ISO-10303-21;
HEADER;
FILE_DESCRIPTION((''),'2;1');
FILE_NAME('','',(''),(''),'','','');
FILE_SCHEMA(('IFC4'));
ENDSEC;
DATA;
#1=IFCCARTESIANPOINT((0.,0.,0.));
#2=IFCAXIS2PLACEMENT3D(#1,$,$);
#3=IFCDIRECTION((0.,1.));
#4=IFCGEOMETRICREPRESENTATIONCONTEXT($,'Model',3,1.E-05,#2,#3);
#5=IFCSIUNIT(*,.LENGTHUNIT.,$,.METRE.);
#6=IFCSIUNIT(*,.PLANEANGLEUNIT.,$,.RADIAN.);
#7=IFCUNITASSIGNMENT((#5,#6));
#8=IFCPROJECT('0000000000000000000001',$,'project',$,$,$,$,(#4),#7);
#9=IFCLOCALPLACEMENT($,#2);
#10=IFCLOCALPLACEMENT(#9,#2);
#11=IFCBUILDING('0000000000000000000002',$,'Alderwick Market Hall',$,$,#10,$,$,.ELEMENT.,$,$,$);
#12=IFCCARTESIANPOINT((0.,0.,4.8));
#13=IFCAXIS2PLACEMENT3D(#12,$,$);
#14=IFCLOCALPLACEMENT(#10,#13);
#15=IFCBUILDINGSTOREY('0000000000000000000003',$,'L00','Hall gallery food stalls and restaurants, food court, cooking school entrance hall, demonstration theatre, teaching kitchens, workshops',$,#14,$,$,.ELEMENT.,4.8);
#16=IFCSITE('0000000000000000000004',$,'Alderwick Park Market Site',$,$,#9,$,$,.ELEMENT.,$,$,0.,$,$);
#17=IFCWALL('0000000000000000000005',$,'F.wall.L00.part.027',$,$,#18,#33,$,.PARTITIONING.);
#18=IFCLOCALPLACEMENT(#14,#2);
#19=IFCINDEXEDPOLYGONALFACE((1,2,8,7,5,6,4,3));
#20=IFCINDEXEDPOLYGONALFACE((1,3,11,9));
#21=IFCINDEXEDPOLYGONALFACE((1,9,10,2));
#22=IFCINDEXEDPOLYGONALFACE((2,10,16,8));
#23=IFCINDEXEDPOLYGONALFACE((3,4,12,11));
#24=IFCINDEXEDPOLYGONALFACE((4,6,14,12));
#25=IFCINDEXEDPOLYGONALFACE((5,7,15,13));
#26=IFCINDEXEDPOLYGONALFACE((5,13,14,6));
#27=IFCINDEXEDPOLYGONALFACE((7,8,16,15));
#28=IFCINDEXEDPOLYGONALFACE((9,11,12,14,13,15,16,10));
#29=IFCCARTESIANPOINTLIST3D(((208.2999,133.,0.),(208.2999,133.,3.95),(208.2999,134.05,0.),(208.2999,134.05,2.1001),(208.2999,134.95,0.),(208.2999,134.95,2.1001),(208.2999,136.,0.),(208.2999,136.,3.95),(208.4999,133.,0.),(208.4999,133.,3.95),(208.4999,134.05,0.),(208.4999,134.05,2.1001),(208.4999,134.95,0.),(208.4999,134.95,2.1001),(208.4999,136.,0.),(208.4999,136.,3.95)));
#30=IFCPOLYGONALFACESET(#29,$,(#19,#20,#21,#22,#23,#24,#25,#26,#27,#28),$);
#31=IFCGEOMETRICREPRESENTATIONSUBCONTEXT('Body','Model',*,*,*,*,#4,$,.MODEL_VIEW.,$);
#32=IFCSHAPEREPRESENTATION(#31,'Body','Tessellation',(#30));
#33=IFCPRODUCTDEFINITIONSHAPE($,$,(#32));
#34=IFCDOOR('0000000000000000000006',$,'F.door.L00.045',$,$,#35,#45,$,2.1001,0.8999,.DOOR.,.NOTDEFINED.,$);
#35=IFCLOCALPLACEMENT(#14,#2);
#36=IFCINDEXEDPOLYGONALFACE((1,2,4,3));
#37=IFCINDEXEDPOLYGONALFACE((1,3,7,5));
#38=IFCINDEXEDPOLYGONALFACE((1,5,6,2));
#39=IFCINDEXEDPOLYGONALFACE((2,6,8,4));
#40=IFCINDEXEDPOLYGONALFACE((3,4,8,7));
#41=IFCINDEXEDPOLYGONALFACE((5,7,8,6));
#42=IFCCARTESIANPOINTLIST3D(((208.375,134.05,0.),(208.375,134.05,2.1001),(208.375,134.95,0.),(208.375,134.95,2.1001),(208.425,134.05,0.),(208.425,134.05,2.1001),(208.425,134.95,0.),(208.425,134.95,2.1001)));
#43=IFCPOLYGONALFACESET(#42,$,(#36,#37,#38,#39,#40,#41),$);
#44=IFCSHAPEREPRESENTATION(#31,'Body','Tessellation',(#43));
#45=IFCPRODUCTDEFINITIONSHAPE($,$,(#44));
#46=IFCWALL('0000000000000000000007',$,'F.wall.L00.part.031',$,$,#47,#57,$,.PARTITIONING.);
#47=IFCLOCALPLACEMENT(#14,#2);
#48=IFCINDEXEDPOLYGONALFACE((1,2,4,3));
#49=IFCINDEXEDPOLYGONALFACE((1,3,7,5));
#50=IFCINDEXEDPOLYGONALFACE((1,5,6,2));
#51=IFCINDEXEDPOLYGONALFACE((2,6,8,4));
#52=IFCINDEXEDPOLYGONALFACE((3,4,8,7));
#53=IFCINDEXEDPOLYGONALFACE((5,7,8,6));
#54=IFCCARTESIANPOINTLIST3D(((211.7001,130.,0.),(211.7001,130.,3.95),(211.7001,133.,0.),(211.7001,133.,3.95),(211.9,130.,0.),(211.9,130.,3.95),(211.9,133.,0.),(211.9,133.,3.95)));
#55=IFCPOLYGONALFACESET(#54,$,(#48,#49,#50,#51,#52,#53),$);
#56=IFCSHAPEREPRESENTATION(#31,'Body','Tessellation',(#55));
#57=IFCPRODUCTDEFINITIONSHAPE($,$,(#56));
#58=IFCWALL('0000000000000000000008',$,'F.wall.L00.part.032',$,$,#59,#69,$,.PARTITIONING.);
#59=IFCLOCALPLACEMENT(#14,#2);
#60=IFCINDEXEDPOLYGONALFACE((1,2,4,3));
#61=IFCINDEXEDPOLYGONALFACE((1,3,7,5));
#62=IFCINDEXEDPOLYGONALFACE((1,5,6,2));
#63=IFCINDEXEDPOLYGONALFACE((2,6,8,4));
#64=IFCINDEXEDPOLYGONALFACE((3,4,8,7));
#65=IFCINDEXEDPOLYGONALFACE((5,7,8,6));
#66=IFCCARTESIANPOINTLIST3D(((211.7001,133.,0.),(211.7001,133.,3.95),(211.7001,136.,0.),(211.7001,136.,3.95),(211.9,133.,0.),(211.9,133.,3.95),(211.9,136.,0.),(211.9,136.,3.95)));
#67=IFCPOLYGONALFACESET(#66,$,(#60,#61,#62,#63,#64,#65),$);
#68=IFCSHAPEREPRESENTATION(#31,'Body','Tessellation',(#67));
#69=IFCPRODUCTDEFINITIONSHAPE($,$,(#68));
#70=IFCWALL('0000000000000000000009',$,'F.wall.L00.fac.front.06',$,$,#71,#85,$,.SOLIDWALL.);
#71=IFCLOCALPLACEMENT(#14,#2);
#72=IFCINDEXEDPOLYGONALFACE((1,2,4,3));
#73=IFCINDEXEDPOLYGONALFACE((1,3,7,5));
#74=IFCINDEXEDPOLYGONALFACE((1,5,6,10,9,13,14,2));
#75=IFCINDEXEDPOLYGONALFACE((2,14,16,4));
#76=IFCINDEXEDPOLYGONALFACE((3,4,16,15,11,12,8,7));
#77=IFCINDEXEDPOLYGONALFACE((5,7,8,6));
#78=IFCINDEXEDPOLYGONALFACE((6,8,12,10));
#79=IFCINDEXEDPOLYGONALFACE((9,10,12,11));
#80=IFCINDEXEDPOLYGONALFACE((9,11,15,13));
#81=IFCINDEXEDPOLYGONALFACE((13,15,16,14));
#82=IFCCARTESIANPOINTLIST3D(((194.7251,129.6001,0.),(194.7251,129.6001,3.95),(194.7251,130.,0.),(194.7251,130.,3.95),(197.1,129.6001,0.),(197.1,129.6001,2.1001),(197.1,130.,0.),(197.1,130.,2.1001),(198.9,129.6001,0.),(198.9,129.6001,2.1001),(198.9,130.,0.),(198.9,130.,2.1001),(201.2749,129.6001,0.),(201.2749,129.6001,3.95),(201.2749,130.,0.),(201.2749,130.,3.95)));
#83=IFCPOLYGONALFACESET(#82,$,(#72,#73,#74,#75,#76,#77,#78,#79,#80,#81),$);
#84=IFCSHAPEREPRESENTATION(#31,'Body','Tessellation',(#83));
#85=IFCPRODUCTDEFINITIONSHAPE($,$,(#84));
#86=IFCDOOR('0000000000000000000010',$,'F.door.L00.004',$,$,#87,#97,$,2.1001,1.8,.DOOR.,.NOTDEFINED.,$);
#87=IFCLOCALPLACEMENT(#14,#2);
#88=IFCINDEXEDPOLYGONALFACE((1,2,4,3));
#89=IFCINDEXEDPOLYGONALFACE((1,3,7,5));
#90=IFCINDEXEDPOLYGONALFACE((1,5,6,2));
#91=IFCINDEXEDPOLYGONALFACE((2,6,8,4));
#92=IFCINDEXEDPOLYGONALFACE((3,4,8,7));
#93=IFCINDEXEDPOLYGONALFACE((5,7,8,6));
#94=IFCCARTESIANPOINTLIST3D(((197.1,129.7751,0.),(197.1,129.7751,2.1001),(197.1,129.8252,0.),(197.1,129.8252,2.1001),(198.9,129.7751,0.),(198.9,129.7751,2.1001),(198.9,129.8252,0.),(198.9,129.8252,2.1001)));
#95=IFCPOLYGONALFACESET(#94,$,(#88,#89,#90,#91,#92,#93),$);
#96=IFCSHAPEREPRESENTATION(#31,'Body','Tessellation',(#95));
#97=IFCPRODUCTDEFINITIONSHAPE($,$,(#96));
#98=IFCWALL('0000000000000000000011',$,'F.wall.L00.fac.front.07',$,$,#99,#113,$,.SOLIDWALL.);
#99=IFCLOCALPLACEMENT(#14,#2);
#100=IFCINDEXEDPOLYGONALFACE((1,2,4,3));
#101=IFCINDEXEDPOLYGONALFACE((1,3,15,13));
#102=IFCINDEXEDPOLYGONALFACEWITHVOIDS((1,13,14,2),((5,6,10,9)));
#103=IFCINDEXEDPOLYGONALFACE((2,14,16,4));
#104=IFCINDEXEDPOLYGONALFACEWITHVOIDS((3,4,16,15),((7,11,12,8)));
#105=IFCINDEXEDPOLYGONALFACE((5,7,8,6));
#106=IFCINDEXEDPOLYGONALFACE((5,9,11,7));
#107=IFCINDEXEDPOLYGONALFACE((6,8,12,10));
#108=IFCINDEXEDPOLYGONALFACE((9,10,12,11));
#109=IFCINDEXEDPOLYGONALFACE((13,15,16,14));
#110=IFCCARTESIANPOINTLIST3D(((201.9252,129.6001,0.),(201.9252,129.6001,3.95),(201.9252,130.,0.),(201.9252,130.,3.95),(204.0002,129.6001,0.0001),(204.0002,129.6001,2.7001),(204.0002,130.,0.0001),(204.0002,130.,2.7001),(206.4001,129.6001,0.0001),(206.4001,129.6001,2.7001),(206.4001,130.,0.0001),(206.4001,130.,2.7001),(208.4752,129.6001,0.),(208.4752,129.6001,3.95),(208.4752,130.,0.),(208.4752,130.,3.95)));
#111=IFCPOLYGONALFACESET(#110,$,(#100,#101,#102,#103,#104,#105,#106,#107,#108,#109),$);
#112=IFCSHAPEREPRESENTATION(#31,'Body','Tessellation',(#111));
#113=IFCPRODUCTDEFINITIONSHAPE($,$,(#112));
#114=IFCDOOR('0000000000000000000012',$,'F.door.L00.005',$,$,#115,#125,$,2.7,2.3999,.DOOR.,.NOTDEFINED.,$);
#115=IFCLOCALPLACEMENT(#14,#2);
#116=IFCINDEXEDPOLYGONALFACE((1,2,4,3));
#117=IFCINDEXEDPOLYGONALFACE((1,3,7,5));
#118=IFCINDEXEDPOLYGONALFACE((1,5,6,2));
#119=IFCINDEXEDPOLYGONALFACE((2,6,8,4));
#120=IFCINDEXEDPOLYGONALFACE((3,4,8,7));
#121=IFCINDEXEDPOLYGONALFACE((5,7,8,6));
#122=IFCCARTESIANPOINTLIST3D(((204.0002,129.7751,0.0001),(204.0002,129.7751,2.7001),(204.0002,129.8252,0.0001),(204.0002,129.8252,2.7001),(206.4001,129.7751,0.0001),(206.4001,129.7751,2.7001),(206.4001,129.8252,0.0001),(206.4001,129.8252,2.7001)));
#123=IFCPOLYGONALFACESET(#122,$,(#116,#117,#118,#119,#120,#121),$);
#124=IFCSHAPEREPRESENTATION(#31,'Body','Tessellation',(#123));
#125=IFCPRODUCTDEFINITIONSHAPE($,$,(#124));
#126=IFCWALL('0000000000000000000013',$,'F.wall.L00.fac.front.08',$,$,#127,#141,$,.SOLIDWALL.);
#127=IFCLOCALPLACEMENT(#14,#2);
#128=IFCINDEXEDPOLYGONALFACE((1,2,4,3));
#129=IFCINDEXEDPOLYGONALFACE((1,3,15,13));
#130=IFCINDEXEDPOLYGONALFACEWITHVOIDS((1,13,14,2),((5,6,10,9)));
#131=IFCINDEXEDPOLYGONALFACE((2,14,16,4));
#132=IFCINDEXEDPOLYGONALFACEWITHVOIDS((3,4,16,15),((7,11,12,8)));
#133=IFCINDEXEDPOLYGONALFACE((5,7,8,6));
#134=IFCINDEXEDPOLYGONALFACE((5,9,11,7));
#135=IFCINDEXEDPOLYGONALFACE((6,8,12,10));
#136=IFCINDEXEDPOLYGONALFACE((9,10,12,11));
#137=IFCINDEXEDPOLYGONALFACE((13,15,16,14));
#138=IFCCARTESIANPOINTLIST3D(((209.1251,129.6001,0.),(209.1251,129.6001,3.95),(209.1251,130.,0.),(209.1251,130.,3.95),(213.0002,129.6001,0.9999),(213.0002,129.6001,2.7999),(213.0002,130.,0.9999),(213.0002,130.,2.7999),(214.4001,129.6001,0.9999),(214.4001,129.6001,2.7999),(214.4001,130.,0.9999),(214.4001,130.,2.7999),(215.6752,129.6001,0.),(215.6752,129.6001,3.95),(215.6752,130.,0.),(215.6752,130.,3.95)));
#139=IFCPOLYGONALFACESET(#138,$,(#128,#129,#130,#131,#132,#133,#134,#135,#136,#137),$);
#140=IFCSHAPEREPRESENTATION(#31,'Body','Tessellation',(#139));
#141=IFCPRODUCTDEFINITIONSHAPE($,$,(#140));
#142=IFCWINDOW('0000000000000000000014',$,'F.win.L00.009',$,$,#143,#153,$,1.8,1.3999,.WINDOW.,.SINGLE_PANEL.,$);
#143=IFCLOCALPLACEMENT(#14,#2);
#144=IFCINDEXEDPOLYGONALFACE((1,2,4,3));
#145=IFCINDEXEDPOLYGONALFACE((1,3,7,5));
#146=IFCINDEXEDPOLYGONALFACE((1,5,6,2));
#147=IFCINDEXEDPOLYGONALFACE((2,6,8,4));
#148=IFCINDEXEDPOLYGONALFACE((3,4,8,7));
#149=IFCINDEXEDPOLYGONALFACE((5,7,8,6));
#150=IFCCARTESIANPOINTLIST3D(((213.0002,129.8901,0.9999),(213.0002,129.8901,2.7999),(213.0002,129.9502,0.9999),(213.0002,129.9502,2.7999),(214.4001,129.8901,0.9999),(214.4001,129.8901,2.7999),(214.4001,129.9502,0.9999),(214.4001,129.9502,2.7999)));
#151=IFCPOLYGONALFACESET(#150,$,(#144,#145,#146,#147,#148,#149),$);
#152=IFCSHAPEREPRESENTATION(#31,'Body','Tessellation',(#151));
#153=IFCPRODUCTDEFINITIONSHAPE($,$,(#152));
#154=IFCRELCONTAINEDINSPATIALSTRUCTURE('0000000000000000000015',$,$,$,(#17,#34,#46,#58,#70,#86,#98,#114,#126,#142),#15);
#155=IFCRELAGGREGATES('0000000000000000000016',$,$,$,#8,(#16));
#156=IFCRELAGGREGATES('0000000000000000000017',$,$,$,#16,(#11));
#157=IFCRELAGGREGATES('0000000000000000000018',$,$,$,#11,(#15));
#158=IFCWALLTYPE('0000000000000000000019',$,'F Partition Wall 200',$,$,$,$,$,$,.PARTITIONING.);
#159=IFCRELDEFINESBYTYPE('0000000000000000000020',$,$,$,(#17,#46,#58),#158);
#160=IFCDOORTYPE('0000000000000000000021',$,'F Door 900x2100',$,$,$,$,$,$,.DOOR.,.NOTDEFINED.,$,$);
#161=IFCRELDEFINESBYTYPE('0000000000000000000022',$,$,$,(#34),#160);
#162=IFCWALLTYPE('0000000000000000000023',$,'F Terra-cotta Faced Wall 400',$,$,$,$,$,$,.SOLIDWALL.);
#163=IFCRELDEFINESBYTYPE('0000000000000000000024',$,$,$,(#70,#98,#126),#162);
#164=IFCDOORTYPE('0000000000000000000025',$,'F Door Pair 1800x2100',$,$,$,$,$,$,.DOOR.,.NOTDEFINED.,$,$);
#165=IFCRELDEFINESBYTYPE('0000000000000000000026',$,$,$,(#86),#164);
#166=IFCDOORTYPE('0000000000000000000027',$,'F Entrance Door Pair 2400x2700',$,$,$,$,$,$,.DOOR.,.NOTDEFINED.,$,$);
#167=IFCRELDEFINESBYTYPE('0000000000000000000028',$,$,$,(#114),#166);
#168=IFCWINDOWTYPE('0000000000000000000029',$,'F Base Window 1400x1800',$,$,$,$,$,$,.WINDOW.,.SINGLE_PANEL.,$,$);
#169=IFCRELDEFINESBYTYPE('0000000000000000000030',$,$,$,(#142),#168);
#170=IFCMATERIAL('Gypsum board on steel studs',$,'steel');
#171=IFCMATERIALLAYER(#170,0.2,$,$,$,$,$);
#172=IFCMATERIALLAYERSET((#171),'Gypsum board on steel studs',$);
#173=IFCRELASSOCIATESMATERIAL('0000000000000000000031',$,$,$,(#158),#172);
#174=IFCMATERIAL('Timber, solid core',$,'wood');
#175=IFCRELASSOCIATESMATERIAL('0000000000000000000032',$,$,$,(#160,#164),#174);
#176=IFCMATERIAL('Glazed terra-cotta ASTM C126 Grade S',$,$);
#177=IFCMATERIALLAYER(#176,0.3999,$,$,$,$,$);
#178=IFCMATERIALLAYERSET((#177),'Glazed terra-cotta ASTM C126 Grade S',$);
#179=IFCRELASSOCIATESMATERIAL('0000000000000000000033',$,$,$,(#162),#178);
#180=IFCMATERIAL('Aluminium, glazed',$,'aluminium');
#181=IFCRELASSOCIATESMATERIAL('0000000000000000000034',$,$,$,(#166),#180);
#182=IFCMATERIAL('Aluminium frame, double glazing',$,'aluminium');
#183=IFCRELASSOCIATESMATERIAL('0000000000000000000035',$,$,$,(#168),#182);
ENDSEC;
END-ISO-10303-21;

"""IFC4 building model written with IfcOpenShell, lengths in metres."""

from ifc_helpers import new_model, si_unit, direction, frame, frame_2d, origin, place, context, subcontext, project, spatial, rectangle, extrude, material, layer, layer_set, type_object, element, fill, save


model = new_model("IFC4")

# Units and contexts
model_context = context("Model", 3, precision=1e-05, world=origin(), true_north=direction((0.0, 1.0)))
body_context = subcontext(model_context, "Body", "Model", "MODEL_VIEW")
ifc_project = project(units=[si_unit("LENGTHUNIT", "METRE"), si_unit("PLANEANGLEUNIT", "RADIAN")], contexts=[model_context])

# Site, building, storey
site_placement = place(None, origin())
site = spatial("IfcSite", under=ifc_project, at=site_placement, Name="Alderwick Park Market Site", CompositionType="ELEMENT", RefElevation=0.0)
building_placement = place(site_placement, origin())
building = spatial("IfcBuilding", under=site, at=building_placement, Name="Alderwick Market Hall", CompositionType="ELEMENT")
storey_placement = place(building_placement, frame((0.0, 0.0, 4.8)))
storey = spatial("IfcBuildingStorey", under=building, at=storey_placement, Name="L00", Description="Hall gallery food stalls and restaurants, food court, cooking school entrance hall, demonstration theatre, teaching kitchens, workshops", CompositionType="ELEMENT", Elevation=4.8)

# Shared definitions
ifc_material_1 = material(Name="Gypsum board on steel studs", Category="steel")
ifc_layer_1 = layer(ifc_material_1, 0.2)
ifc_layer_set_1 = layer_set([ifc_layer_1], Name="Gypsum board on steel studs")
wall_type_1 = type_object("IfcWallType", Name="F Partition Wall 200", PredefinedType="PARTITIONING", material=ifc_layer_set_1)

# Wall, opening, door
ifc_material_2 = material(Name="Timber, solid core", Category="wood")
wall_1_placement = place(storey_placement, frame((208.3999, 133.0, 0.0), z_axis=(0.0, 0.0, 1.0), x_axis=(0.0, 1.0, 0.0)))
wall_1 = element("IfcWall", 1, at=wall_1_placement, inside=storey, type_object=wall_type_1, Name="F.wall.L00.part.027", PredefinedType="PARTITIONING", context=body_context, shape_type="SweptSolid", body=[
    extrude(rectangle(XDim=3.0, YDim=0.2, at=frame_2d((1.5, 0.0))), origin(), (0.0, 0.0, 1.0), 3.95),
])
opening_1_placement = place(wall_1_placement, frame((1.05, 0.0, 0.0)))
opening_1 = element("IfcOpeningElement", 2, at=opening_1_placement, cuts=wall_1, PredefinedType="OPENING", context=body_context, shape_type="SweptSolid", body=[
    extrude(rectangle(XDim=0.8999, YDim=2.1001, at=frame_2d((0.45, 1.05))), frame((0.0, 0.1099, 0.0), z_axis=(0.0, -1.0, 0.0), x_axis=(1.0, 0.0, 0.0)), (0.0, 0.0, 1.0), 0.22),
])
door_type_1 = type_object("IfcDoorType", Name="F Door 900x2100", OperationType="NOTDEFINED", PredefinedType="DOOR", material=ifc_material_2)
door_1_placement = place(opening_1_placement, origin())
door_1 = element("IfcDoor", 3, at=door_1_placement, inside=storey, type_object=door_type_1, Name="F.door.L00.045", OperationType="NOTDEFINED", OverallHeight=2.1001, OverallWidth=0.8999, PredefinedType="DOOR", context=body_context, shape_type="SweptSolid", body=[
    extrude(rectangle(XDim=0.8999, YDim=2.1001, at=frame_2d((0.45, 1.05))), frame((0.0, 0.0249, 0.0), z_axis=(0.0, -1.0, 0.0), x_axis=(1.0, 0.0, 0.0)), (0.0, 0.0, 1.0), 0.05),
])
fill(opening_1, door_1)

# Walls
for number, where, z_axis, x_axis, name in (
    (4, (211.8, 130.0, 0.0), (0.0, 0.0, 1.0), (0.0, 1.0, 0.0), "F.wall.L00.part.031"),
    (5, (211.8, 133.0, 0.0), (0.0, 0.0, 1.0), (0.0, 1.0, 0.0), "F.wall.L00.part.032"),
):
    element("IfcWall", number, at=place(storey_placement, frame(where, z_axis=z_axis, x_axis=x_axis)), inside=storey, type_object=wall_type_1, Name=name, PredefinedType="PARTITIONING", context=body_context, shape_type="SweptSolid", body=[
        extrude(rectangle(XDim=3.0, YDim=0.2, at=frame_2d((1.5, 0.0))), origin(), (0.0, 0.0, 1.0), 3.95),
    ])

# Walls, openings, doors
ifc_material_3 = material(Name="Glazed terra-cotta ASTM C126 Grade S")
ifc_layer_2 = layer(ifc_material_3, 0.3999)
ifc_layer_set_2 = layer_set([ifc_layer_2], Name="Glazed terra-cotta ASTM C126 Grade S")
wall_type_2 = type_object("IfcWallType", Name="F Terra-cotta Faced Wall 400", PredefinedType="SOLIDWALL", material=ifc_layer_set_2)
wall_2_placement = place(storey_placement, frame((201.2749, 129.8, 0.0), z_axis=(0.0, 0.0, 1.0), x_axis=(-1.0, 0.0, 0.0)))
wall_2 = element("IfcWall", 6, at=wall_2_placement, inside=storey, type_object=wall_type_2, Name="F.wall.L00.fac.front.06", PredefinedType="SOLIDWALL", context=body_context, shape_type="SweptSolid", body=[
    extrude(rectangle(XDim=6.5498, YDim=0.3999, at=frame_2d((3.2749, 0.0))), origin(), (0.0, 0.0, 1.0), 3.95),
])
opening_2_placement = place(wall_2_placement, frame((2.375, 0.0, 0.0)))
opening_2 = element("IfcOpeningElement", 7, at=opening_2_placement, cuts=wall_2, PredefinedType="OPENING", context=body_context, shape_type="SweptSolid", body=[
    extrude(rectangle(XDim=1.8, YDim=2.1001, at=frame_2d((0.8999, 1.05))), frame((0.0, 0.21, 0.0), z_axis=(0.0, -1.0, 0.0), x_axis=(1.0, 0.0, 0.0)), (0.0, 0.0, 1.0), 0.4199),
])
door_type_2 = type_object("IfcDoorType", Name="F Door Pair 1800x2100", OperationType="NOTDEFINED", PredefinedType="DOOR", material=ifc_material_2)
door_2_placement = place(opening_2_placement, origin())
door_2 = element("IfcDoor", 8, at=door_2_placement, inside=storey, type_object=door_type_2, Name="F.door.L00.004", OperationType="NOTDEFINED", OverallHeight=2.1001, OverallWidth=1.8, PredefinedType="DOOR", context=body_context, shape_type="SweptSolid", body=[
    extrude(rectangle(XDim=1.8, YDim=2.1001, at=frame_2d((0.8999, 1.05))), frame((0.0, 0.0249, 0.0), z_axis=(0.0, -1.0, 0.0), x_axis=(1.0, 0.0, 0.0)), (0.0, 0.0, 1.0), 0.05),
])
fill(opening_2, door_2)
wall_3_placement = place(storey_placement, frame((208.4751, 129.8, 0.0), z_axis=(0.0, 0.0, 1.0), x_axis=(-1.0, 0.0, 0.0)))
wall_3 = element("IfcWall", 9, at=wall_3_placement, inside=storey, type_object=wall_type_2, Name="F.wall.L00.fac.front.07", PredefinedType="SOLIDWALL", context=body_context, shape_type="SweptSolid", body=[
    extrude(rectangle(XDim=6.55, YDim=0.3999, at=frame_2d((3.2749, 0.0))), origin(), (0.0, 0.0, 1.0), 3.95),
])
opening_3_placement = place(wall_3_placement, frame((2.075, 0.0, 0.0)))
opening_3 = element("IfcOpeningElement", 10, at=opening_3_placement, cuts=wall_3, PredefinedType="OPENING", context=body_context, shape_type="SweptSolid", body=[
    extrude(rectangle(XDim=2.3999, YDim=2.7, at=frame_2d((1.2, 1.3501))), frame((0.0, 0.21, 0.0), z_axis=(0.0, -1.0, 0.0), x_axis=(1.0, 0.0, 0.0)), (0.0, 0.0, 1.0), 0.4199),
])
ifc_material_4 = material(Name="Aluminium, glazed", Category="aluminium")
door_type_3 = type_object("IfcDoorType", Name="F Entrance Door Pair 2400x2700", OperationType="NOTDEFINED", PredefinedType="DOOR", material=ifc_material_4)
door_3_placement = place(opening_3_placement, origin())
door_3 = element("IfcDoor", 11, at=door_3_placement, inside=storey, type_object=door_type_3, Name="F.door.L00.005", OperationType="NOTDEFINED", OverallHeight=2.7, OverallWidth=2.3999, PredefinedType="DOOR", context=body_context, shape_type="SweptSolid", body=[
    extrude(rectangle(XDim=2.3999, YDim=2.7, at=frame_2d((1.2, 1.3501))), frame((0.0, 0.0249, 0.0), z_axis=(0.0, -1.0, 0.0), x_axis=(1.0, 0.0, 0.0)), (0.0, 0.0, 1.0), 0.05),
])
fill(opening_3, door_3)

# Wall, opening, window
wall_4_placement = place(storey_placement, frame((215.675, 129.8, 0.0), z_axis=(0.0, 0.0, 1.0), x_axis=(-1.0, 0.0, 0.0)))
wall_4 = element("IfcWall", 12, at=wall_4_placement, inside=storey, type_object=wall_type_2, Name="F.wall.L00.fac.front.08", PredefinedType="SOLIDWALL", context=body_context, shape_type="SweptSolid", body=[
    extrude(rectangle(XDim=6.55, YDim=0.3999, at=frame_2d((3.2749, 0.0))), origin(), (0.0, 0.0, 1.0), 3.95),
])
opening_4_placement = place(wall_4_placement, frame((1.2749, 0.0, 1.0)))
opening_4 = element("IfcOpeningElement", 13, at=opening_4_placement, cuts=wall_4, PredefinedType="OPENING", context=body_context, shape_type="SweptSolid", body=[
    extrude(rectangle(XDim=1.3999, YDim=1.8, at=frame_2d((0.7, 0.8999))), frame((0.0, 0.21, 0.0), z_axis=(0.0, -1.0, 0.0), x_axis=(1.0, 0.0, 0.0)), (0.0, 0.0, 1.0), 0.4199),
])
ifc_material_5 = material(Name="Aluminium frame, double glazing", Category="aluminium")
window_type = type_object("IfcWindowType", Name="F Base Window 1400x1800", PartitioningType="SINGLE_PANEL", PredefinedType="WINDOW", material=ifc_material_5)
window_1_placement = place(opening_4_placement, origin())
window_1 = element("IfcWindow", 14, at=window_1_placement, inside=storey, type_object=window_type, Name="F.win.L00.009", OverallHeight=1.8, OverallWidth=1.3999, PartitioningType="SINGLE_PANEL", PredefinedType="WINDOW", context=body_context, shape_type="SweptSolid", body=[
    extrude(rectangle(XDim=1.3999, YDim=1.8, at=frame_2d((0.7, 0.8999))), frame((0.0, -0.0901, 0.0), z_axis=(0.0, -1.0, 0.0), x_axis=(1.0, 0.0, 0.0)), (0.0, 0.0, 1.0), 0.0601),
])
fill(opening_4, window_1)

save(model, "model.ifc")
